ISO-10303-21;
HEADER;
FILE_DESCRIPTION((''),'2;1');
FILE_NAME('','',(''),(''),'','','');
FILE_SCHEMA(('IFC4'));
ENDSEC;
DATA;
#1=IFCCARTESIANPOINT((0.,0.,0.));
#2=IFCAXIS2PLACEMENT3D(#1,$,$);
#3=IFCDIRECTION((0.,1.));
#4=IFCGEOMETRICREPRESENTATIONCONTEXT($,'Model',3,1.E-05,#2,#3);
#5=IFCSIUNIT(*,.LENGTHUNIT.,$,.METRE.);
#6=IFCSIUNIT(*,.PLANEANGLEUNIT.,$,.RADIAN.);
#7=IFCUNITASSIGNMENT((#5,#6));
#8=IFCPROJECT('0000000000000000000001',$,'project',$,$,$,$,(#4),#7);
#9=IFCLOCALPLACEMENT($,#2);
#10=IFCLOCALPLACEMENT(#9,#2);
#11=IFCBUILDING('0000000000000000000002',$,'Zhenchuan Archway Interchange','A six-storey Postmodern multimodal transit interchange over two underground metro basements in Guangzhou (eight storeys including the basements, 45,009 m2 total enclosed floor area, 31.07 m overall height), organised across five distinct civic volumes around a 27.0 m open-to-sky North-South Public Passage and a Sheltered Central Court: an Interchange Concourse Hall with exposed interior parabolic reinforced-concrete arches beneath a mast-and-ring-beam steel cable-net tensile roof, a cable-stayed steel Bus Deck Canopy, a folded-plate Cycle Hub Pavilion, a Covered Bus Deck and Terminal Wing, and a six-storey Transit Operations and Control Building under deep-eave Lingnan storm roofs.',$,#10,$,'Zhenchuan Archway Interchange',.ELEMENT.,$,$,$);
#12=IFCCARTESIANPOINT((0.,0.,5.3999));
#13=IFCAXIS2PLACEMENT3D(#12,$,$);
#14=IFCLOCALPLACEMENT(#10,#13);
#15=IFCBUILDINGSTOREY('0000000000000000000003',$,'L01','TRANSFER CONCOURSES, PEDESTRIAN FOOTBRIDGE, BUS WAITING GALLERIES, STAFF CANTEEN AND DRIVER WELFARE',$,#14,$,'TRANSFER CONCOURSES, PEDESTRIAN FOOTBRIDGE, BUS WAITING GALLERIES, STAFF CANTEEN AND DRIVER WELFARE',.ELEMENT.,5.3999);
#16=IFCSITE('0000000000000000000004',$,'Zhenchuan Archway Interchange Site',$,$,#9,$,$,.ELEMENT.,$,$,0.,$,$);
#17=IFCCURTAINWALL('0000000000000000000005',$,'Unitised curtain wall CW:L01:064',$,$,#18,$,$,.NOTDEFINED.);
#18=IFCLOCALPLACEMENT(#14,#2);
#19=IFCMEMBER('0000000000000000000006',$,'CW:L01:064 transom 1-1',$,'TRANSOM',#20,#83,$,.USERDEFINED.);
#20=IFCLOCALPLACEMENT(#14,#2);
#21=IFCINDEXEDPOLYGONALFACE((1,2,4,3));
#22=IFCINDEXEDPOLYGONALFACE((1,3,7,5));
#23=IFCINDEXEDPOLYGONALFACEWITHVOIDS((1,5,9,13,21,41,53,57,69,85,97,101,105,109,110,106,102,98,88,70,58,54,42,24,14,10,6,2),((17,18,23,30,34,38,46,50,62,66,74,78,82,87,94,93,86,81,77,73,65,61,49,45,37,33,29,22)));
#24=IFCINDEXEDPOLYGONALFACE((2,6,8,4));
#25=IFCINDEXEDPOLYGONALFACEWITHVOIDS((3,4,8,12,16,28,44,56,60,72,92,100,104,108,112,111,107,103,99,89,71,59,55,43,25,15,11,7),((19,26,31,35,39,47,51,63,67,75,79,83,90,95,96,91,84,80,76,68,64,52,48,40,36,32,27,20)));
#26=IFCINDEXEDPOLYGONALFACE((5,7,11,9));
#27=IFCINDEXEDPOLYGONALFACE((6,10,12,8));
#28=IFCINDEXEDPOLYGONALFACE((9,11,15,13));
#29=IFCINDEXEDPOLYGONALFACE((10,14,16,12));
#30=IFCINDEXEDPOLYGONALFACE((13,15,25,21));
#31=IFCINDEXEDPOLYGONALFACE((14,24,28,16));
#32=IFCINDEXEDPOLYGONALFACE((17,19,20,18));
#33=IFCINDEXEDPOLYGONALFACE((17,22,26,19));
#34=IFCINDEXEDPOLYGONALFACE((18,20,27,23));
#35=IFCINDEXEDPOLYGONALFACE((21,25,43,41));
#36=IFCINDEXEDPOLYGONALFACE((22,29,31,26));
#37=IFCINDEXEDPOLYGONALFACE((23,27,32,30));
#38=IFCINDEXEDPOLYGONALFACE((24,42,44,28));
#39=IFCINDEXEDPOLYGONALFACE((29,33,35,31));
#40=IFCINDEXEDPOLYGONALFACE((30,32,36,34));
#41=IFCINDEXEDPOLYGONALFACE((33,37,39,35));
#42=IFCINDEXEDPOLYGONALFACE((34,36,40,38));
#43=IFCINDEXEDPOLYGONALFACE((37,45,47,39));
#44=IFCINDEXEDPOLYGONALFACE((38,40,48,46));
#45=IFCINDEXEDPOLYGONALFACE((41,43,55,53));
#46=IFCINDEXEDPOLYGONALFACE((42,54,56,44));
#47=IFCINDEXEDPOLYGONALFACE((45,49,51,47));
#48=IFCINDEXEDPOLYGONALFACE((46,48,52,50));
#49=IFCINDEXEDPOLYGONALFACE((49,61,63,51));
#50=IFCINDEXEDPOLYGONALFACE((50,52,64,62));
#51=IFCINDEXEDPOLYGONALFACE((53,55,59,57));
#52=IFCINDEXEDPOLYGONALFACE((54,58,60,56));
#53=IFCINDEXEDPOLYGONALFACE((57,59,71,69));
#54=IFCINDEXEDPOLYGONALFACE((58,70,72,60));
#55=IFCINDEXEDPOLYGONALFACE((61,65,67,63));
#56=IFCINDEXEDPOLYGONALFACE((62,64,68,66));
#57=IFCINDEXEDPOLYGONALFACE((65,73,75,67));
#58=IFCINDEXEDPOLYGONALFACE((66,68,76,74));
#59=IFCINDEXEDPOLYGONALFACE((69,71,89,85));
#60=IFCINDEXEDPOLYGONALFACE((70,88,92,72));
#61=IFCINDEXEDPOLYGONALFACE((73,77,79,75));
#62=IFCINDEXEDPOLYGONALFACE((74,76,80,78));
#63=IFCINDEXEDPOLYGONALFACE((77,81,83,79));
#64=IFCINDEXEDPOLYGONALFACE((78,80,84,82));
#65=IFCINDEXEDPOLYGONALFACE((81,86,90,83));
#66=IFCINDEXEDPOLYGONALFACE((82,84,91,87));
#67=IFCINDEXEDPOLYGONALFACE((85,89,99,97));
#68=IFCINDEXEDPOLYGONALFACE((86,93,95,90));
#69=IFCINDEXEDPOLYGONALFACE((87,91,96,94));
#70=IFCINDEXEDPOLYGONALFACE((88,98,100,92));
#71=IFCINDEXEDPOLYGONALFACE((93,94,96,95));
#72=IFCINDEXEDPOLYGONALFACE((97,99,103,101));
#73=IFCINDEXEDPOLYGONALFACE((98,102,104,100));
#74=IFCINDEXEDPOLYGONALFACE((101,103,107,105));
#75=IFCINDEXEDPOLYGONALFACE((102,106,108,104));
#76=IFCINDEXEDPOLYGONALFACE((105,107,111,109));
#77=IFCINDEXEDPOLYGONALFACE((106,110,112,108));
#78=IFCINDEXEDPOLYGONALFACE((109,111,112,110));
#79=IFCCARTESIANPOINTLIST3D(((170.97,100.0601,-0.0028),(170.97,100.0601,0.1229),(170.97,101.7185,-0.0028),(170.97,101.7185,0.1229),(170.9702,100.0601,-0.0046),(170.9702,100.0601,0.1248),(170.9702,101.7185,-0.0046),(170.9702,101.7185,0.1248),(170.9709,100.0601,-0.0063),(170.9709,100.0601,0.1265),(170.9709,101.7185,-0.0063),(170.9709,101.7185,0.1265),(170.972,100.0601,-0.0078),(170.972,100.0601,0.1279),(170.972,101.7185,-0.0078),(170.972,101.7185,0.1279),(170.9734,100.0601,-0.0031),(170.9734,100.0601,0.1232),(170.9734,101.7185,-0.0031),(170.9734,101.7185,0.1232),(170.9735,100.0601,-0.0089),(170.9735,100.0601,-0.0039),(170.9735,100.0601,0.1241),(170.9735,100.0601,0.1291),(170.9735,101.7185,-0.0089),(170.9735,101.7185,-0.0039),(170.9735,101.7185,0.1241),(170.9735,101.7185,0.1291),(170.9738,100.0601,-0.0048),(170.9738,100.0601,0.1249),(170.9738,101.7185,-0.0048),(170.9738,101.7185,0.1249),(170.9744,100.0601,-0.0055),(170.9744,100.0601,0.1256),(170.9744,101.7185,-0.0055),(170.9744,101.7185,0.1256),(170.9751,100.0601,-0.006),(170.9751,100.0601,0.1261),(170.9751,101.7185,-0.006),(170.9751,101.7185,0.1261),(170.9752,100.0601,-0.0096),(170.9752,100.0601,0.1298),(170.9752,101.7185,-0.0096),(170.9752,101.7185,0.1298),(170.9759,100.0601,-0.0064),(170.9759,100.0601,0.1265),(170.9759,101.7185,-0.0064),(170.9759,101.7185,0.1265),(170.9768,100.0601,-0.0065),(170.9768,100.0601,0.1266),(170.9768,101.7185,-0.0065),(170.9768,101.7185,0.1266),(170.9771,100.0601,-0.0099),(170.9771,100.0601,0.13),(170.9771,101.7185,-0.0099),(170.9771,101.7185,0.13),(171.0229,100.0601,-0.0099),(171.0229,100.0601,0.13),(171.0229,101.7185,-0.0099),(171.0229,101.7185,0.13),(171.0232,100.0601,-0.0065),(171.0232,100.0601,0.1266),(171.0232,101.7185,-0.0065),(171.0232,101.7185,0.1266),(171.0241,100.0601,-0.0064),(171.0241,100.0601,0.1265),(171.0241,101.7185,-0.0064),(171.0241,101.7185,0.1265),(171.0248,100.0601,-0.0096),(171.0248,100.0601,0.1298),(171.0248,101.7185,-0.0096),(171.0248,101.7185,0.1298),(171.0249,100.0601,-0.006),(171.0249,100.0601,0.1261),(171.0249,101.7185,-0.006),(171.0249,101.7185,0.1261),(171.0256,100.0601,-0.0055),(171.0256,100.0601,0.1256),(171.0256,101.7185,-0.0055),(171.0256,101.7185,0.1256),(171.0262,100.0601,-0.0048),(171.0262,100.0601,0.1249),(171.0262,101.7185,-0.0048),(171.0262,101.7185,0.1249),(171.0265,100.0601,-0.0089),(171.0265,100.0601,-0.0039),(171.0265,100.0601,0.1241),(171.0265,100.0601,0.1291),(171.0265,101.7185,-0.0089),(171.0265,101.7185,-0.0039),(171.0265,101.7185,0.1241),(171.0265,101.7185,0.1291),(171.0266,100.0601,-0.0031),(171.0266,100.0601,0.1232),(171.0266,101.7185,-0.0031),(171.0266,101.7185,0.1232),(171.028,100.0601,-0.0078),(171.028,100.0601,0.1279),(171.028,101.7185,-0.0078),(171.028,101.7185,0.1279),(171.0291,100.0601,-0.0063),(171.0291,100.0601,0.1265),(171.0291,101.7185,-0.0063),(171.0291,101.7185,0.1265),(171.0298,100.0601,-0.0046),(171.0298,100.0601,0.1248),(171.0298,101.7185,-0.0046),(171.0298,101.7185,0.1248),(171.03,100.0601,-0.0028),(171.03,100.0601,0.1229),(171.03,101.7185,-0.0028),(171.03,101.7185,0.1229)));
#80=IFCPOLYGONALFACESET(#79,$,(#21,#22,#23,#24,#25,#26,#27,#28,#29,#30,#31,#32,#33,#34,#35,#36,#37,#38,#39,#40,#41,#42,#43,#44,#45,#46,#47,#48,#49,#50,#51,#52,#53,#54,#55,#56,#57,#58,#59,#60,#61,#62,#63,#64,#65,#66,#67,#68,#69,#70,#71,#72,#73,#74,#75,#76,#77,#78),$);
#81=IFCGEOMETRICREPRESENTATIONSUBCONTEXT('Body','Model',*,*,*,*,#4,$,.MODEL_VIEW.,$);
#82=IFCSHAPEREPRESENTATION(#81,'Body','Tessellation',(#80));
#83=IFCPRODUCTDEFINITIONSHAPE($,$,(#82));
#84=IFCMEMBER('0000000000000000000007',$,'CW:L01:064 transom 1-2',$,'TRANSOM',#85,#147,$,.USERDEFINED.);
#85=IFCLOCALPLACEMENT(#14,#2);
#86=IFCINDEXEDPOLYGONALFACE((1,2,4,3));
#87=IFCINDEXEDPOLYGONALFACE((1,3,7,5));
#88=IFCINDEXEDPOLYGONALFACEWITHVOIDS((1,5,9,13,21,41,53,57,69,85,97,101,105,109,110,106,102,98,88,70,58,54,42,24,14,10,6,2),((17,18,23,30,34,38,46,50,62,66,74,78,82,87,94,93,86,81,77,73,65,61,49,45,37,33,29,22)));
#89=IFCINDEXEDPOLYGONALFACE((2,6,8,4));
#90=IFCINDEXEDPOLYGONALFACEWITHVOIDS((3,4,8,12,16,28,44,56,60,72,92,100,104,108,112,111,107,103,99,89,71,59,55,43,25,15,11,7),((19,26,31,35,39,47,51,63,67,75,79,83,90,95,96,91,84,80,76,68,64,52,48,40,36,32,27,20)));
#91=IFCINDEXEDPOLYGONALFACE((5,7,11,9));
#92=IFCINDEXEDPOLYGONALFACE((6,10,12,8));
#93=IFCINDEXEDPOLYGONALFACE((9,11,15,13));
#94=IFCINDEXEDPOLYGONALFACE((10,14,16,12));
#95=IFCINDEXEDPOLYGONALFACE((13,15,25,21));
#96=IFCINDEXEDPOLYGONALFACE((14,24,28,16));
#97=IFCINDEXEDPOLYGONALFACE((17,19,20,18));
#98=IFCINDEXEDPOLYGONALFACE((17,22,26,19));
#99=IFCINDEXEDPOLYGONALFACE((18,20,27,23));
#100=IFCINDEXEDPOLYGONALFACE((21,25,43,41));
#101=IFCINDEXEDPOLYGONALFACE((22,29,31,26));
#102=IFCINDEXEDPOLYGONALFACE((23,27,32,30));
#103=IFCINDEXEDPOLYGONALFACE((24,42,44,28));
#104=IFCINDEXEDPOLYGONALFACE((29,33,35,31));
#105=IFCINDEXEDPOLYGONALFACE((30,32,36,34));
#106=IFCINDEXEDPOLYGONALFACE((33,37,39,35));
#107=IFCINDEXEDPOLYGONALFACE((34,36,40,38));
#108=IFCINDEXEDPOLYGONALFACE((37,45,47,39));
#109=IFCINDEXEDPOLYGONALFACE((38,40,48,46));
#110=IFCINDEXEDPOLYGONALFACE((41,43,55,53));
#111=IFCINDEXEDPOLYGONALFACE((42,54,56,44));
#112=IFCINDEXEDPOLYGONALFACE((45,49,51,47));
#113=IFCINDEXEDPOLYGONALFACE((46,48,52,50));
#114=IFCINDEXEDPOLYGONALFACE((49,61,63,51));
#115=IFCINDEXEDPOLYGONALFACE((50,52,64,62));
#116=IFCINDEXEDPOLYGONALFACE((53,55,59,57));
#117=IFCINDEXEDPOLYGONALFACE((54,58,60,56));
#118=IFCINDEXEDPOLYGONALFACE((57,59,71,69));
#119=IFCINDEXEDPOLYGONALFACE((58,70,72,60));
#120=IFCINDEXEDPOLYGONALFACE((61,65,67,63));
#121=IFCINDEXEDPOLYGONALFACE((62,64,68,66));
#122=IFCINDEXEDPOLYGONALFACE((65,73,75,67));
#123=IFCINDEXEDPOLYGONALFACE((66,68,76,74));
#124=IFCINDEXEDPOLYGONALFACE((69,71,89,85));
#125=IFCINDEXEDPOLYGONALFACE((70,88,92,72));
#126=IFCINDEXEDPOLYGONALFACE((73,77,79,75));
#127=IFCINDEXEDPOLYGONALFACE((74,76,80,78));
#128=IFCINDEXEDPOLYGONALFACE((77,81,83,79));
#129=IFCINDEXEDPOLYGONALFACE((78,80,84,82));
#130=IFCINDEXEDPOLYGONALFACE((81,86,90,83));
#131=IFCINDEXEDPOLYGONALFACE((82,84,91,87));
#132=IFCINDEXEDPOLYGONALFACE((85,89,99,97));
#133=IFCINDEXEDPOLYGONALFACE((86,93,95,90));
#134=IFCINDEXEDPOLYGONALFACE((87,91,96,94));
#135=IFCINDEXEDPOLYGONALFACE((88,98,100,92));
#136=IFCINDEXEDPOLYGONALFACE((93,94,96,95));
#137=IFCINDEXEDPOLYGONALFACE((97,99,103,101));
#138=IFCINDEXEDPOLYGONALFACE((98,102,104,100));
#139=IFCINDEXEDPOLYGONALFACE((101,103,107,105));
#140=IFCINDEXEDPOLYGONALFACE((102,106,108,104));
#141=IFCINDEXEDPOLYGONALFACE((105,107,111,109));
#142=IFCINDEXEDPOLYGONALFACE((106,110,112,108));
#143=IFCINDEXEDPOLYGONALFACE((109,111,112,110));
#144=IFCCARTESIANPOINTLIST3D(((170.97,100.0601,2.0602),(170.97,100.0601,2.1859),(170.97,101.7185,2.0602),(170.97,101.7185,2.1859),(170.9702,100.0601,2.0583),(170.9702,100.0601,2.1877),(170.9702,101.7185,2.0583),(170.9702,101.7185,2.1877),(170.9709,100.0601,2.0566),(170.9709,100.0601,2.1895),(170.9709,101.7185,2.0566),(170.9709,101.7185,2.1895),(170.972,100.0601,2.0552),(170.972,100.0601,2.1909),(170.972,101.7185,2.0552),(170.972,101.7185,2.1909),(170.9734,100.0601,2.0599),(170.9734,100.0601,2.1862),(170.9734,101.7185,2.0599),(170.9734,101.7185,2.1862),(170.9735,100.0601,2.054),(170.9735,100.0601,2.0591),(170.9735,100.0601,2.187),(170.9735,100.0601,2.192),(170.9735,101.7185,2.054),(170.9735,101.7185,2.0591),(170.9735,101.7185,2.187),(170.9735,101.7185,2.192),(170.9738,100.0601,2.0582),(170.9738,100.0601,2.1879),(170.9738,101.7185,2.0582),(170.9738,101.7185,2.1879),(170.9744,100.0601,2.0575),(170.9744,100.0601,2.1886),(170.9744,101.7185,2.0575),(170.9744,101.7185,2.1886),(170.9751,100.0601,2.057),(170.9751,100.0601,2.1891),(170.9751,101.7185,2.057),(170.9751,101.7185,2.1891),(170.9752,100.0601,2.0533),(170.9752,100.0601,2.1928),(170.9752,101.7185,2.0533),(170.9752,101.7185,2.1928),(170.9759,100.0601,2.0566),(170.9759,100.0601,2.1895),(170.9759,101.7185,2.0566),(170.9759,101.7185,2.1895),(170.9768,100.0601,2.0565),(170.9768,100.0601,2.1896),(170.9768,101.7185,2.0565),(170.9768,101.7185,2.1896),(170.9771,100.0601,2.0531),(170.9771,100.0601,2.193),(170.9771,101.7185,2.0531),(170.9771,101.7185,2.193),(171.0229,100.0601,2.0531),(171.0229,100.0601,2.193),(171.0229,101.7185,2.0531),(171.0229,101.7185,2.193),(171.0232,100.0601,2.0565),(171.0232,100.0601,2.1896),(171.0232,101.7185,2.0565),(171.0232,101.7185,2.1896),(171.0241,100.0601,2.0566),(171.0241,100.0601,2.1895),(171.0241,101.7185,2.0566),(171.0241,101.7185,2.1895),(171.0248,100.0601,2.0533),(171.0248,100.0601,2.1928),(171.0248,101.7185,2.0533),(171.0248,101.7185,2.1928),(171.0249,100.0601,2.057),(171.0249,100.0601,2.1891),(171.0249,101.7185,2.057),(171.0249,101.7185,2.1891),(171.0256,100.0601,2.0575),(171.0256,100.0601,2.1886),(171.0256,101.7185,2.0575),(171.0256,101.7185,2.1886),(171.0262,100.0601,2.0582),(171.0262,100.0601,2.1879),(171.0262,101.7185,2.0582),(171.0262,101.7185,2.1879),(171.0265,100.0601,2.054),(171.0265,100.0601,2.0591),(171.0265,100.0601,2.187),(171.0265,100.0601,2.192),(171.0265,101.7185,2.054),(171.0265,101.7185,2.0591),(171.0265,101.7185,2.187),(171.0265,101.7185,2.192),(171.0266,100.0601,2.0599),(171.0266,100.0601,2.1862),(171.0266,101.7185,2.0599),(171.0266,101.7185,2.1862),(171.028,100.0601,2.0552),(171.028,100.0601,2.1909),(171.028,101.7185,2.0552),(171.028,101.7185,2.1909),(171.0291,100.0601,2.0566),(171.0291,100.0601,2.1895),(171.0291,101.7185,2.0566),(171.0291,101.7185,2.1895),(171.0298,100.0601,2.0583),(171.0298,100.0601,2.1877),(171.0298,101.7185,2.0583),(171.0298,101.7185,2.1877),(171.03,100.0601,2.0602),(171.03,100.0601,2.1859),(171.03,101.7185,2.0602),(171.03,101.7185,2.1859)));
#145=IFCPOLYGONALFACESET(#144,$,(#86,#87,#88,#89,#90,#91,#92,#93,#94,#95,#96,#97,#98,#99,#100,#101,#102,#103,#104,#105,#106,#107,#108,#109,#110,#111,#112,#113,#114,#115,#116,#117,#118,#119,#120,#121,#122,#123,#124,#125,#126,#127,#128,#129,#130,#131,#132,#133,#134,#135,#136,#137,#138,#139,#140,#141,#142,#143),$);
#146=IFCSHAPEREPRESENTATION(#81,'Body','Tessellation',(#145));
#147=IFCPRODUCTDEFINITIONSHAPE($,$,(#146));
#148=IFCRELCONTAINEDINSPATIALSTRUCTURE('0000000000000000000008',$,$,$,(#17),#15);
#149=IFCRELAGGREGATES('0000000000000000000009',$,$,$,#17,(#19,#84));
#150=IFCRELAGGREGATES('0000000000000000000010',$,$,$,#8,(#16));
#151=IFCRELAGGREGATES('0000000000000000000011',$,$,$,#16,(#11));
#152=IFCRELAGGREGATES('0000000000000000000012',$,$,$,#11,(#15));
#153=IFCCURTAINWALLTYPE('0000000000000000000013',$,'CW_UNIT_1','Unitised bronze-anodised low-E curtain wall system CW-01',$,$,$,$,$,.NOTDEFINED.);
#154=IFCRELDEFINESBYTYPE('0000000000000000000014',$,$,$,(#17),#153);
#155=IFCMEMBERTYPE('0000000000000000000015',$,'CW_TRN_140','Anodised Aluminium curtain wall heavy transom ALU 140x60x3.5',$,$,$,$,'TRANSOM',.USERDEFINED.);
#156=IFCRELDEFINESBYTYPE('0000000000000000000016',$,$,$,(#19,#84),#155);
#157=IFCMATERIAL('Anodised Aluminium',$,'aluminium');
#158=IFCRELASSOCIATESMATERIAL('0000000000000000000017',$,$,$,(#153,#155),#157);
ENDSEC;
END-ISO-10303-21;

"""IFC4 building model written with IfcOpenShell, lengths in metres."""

from ifc_helpers import new_model, si_unit, direction, frame, origin, origin_2d, place, context, subcontext, project, spatial, hollow_rectangle, extrude, material, material_profile, profile_set, type_object, element, aggregate, save


model = new_model("IFC4")

# Units and contexts
model_context = context("Model", 3, precision=1e-05, world=origin(), true_north=direction((0.0, 1.0)))
body_context = subcontext(model_context, "Body", "Model", "MODEL_VIEW")
ifc_project = project(units=[si_unit("LENGTHUNIT", "METRE"), si_unit("PLANEANGLEUNIT", "RADIAN")], contexts=[model_context])

# Site, building, storey
site_placement = place(None, origin())
site = spatial("IfcSite", under=ifc_project, at=site_placement, Name="Zhenchuan Archway Interchange Site", CompositionType="ELEMENT", RefElevation=0.0)
building_placement = place(site_placement, origin())
building = spatial("IfcBuilding", under=site, at=building_placement, Name="Zhenchuan Archway Interchange", Description="A six-storey Postmodern multimodal transit interchange over two underground metro basements in Guangzhou (eight storeys including the basements, 45,009 m2 total enclosed floor area, 31.07 m overall height), organised across five distinct civic volumes around a 27.0 m open-to-sky North-South Public Passage and a Sheltered Central Court: an Interchange Concourse Hall with exposed interior parabolic reinforced-concrete arches beneath a mast-and-ring-beam steel cable-net tensile roof, a cable-stayed steel Bus Deck Canopy, a folded-plate Cycle Hub Pavilion, a Covered Bus Deck and Terminal Wing, and a six-storey Transit Operations and Control Building under deep-eave Lingnan storm roofs.", LongName="Zhenchuan Archway Interchange", CompositionType="ELEMENT")
storey_placement = place(building_placement, frame((0.0, 0.0, 5.3999)))
storey = spatial("IfcBuildingStorey", under=building, at=storey_placement, Name="L01", Description="TRANSFER CONCOURSES, PEDESTRIAN FOOTBRIDGE, BUS WAITING GALLERIES, STAFF CANTEEN AND DRIVER WELFARE", LongName="TRANSFER CONCOURSES, PEDESTRIAN FOOTBRIDGE, BUS WAITING GALLERIES, STAFF CANTEEN AND DRIVER WELFARE", CompositionType="ELEMENT", Elevation=5.3999)

# Shared definitions
ifc_material_1 = material(Name="Anodised Aluminium", Category="aluminium")

# Curtain wall, members
curtain_wall_type_1 = type_object("IfcCurtainWallType", Name="CW_UNIT_1", Description="Unitised bronze-anodised low-E curtain wall system CW-01", PredefinedType="NOTDEFINED", material=ifc_material_1)
curtain_wall_1_placement = place(storey_placement, origin())
curtain_wall_1 = element("IfcCurtainWall", 1, at=curtain_wall_1_placement, inside=storey, type_object=curtain_wall_type_1, Name="Unitised curtain wall CW:L01:064", PredefinedType="NOTDEFINED")
ifc_material_profile_1 = material_profile(ifc_material_1, hollow_rectangle(XDim=0.0601, YDim=0.1399, WallThickness=0.0034, InnerFilletRadius=0.0034, OuterFilletRadius=0.0071, at=origin_2d()), Name="ALU 140x60x3.5")
ifc_profile_set_1 = profile_set([ifc_material_profile_1], Name="Anodised Aluminium")
member_type_1 = type_object("IfcMemberType", Name="CW_TRN_140", Description="Anodised Aluminium curtain wall heavy transom ALU 140x60x3.5", ElementType="TRANSOM", PredefinedType="USERDEFINED", material=ifc_profile_set_1)
member_1_placement = place(storey_placement, frame((171.0, 101.7185, 0.0601), z_axis=(0.0, -1.0, 0.0), x_axis=(1.0, 0.0, 0.0)))
member_1 = element("IfcMember", 2, at=member_1_placement, type_object=member_type_1, Name="CW:L01:064 transom 1-1", ObjectType="TRANSOM", PredefinedType="USERDEFINED", context=body_context, shape_type="SweptSolid", body=[
    extrude(hollow_rectangle(XDim=0.0601, YDim=0.1399, WallThickness=0.0034, InnerFilletRadius=0.0034, OuterFilletRadius=0.0071, at=origin_2d()), origin(), (0.0, 0.0, 1.0), 1.6584),
])
member_2_placement = place(storey_placement, frame((171.0, 101.7185, 2.123), z_axis=(0.0, -1.0, 0.0), x_axis=(1.0, 0.0, 0.0)))
member_2 = element("IfcMember", 3, at=member_2_placement, type_object=member_type_1, Name="CW:L01:064 transom 1-2", ObjectType="TRANSOM", PredefinedType="USERDEFINED", context=body_context, shape_type="SweptSolid", body=[
    extrude(hollow_rectangle(XDim=0.0601, YDim=0.1399, WallThickness=0.0034, InnerFilletRadius=0.0034, OuterFilletRadius=0.0071, at=origin_2d()), origin(), (0.0, 0.0, 1.0), 1.6584),
])

aggregate(curtain_wall_1, [member_1, member_2])

save(model, "model.ifc")
